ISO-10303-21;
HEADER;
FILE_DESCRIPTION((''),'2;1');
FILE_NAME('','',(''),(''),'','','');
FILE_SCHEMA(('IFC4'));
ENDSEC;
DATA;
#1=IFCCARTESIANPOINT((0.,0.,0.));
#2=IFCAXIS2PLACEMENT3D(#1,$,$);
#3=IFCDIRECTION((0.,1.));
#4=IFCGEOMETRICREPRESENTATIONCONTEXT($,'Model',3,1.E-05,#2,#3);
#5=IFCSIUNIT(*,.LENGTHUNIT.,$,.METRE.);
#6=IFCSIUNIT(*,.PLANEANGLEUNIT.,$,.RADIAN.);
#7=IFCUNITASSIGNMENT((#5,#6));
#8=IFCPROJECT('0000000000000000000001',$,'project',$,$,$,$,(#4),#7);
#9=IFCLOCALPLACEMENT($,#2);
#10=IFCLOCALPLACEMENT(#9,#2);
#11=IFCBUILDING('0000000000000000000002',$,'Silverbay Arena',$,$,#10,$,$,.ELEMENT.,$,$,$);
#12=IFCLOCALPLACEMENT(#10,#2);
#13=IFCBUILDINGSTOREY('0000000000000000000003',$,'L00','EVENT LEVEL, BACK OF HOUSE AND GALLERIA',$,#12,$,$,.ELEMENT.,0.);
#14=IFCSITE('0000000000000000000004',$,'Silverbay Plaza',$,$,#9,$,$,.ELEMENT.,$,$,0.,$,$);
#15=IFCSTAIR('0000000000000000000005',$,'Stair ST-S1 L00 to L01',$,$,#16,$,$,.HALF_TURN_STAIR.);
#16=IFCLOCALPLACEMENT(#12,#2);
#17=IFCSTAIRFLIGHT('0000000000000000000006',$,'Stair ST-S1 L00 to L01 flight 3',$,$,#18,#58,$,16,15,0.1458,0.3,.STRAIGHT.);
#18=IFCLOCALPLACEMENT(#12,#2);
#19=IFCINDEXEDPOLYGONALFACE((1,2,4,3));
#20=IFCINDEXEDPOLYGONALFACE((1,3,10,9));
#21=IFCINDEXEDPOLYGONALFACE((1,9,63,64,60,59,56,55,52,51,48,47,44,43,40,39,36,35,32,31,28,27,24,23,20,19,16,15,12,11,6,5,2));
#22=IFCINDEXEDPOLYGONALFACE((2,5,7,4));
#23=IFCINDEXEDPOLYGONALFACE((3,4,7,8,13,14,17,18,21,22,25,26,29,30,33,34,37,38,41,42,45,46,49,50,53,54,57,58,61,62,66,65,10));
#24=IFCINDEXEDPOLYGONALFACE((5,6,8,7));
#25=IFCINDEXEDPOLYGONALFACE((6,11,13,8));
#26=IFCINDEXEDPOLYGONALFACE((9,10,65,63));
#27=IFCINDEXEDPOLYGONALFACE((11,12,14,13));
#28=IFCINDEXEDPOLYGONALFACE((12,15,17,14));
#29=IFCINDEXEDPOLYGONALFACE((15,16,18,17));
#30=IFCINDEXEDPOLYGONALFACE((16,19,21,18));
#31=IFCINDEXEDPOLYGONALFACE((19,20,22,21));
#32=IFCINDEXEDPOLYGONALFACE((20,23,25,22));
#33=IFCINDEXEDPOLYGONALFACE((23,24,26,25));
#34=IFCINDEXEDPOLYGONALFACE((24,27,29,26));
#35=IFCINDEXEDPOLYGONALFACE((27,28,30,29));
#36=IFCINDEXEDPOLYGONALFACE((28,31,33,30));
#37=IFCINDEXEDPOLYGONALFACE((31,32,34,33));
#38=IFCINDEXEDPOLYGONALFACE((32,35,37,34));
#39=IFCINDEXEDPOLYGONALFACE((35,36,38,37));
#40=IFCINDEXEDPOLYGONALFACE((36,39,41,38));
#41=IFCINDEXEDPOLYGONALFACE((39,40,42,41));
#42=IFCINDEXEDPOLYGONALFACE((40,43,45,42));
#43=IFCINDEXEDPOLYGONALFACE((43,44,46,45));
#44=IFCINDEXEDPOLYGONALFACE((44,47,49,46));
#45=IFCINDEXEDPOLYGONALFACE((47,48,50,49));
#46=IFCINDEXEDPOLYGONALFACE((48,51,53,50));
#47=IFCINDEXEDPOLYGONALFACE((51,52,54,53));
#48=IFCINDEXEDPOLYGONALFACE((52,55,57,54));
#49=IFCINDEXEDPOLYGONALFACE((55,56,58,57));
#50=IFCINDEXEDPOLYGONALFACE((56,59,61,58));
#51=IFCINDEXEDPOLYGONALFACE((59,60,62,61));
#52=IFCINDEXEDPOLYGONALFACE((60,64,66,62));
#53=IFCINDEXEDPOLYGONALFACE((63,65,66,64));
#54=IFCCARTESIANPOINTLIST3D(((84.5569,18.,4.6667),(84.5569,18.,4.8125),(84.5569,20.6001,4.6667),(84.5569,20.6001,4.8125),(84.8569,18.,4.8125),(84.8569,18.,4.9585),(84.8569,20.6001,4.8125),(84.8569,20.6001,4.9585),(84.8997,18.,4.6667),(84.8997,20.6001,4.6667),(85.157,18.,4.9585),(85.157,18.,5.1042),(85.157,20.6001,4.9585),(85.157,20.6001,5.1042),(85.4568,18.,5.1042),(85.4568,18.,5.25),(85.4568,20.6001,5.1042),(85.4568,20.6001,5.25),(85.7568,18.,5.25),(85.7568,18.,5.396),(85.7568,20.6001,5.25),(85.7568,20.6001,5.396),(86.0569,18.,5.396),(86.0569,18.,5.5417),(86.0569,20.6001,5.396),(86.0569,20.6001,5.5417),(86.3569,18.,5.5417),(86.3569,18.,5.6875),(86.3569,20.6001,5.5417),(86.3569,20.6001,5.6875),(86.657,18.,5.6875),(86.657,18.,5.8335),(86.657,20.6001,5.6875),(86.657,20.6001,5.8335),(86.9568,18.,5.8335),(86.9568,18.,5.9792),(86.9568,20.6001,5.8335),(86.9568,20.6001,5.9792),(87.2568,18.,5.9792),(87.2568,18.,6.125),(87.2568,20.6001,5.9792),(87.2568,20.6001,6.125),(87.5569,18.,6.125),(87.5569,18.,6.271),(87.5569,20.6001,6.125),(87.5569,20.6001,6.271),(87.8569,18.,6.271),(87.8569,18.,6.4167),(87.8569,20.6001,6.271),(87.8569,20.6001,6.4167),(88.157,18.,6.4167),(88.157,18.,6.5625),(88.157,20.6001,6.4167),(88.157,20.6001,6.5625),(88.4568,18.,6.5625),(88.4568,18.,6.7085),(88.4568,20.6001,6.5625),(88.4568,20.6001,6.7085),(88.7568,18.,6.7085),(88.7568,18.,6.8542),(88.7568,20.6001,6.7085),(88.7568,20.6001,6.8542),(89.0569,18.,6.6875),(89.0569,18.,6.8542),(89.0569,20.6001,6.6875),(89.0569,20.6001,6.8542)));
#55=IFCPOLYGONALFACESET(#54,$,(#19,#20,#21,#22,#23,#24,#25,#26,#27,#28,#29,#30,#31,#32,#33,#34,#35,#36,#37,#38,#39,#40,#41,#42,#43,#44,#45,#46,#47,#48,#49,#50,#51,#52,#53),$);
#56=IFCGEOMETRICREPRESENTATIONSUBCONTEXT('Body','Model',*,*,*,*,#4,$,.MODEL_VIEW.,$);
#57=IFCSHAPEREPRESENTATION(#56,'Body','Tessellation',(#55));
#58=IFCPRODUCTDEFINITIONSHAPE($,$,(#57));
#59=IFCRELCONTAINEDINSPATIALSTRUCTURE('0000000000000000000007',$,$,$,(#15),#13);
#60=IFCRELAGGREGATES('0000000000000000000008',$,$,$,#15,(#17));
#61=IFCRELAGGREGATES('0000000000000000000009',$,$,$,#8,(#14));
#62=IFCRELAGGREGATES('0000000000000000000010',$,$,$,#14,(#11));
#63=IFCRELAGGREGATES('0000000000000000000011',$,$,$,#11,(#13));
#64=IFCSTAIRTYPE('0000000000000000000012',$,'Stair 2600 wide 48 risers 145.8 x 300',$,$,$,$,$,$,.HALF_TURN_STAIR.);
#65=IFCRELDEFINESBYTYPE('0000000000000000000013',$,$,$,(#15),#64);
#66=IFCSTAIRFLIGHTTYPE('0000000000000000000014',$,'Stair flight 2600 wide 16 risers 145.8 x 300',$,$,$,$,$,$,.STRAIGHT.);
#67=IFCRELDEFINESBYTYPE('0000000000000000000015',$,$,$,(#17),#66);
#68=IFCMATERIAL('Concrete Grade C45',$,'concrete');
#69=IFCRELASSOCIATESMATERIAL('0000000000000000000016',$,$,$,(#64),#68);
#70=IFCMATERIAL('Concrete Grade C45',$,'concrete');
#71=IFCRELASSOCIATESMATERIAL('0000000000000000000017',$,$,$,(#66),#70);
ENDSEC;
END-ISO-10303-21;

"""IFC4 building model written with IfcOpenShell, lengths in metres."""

from ifc_helpers import new_model, si_unit, direction, frame, origin, place, context, subcontext, project, spatial, polyline, outline, extrude, material, type_object, element, aggregate, save


model = new_model("IFC4")

# Units and contexts
model_context = context("Model", 3, precision=1e-05, world=origin(), true_north=direction((0.0, 1.0)))
body_context = subcontext(model_context, "Body", "Model", "MODEL_VIEW")
ifc_project = project(units=[si_unit("LENGTHUNIT", "METRE"), si_unit("PLANEANGLEUNIT", "RADIAN")], contexts=[model_context])

# Site, building, storey
site_placement = place(None, origin())
site = spatial("IfcSite", under=ifc_project, at=site_placement, Name="Silverbay Plaza", CompositionType="ELEMENT", RefElevation=0.0)
building_placement = place(site_placement, origin())
building = spatial("IfcBuilding", under=site, at=building_placement, Name="Silverbay Arena", CompositionType="ELEMENT")
storey_placement = place(building_placement, origin())
storey = spatial("IfcBuildingStorey", under=building, at=storey_placement, Name="L00", Description="EVENT LEVEL, BACK OF HOUSE AND GALLERIA", CompositionType="ELEMENT", Elevation=0.0)

# Stair, stair flight
ifc_material_1 = material(Name="Concrete Grade C45", Category="concrete")
stair_type = type_object("IfcStairType", Name="Stair 2600 wide 48 risers 145.8 x 300", PredefinedType="HALF_TURN_STAIR", material=ifc_material_1)
stair_placement = place(storey_placement, origin())
stair = element("IfcStair", 1, at=stair_placement, inside=storey, type_object=stair_type, Name="Stair ST-S1 L00 to L01", PredefinedType="HALF_TURN_STAIR")
ifc_material_2 = material(Name="Concrete Grade C45", Category="concrete")
stair_flight_type = type_object("IfcStairFlightType", Name="Stair flight 2600 wide 16 risers 145.8 x 300", PredefinedType="STRAIGHT", material=ifc_material_2)
stair_flight_1_placement = place(storey_placement, frame((84.5569, 19.3, 4.6667), z_axis=(0.0, 0.0, 1.0), x_axis=(1.0, 0.0, 0.0)))
stair_flight_1 = element("IfcStairFlight", 2, at=stair_flight_1_placement, type_object=stair_flight_type, Name="Stair ST-S1 L00 to L01 flight 3", NumberOfRisers=16, NumberOfTreads=15, PredefinedType="STRAIGHT", RiserHeight=0.1458, TreadLength=0.3, context=body_context, shape_type="SweptSolid", body=[
    extrude(outline(polyline([(0.0, 0.0), (0.0, 0.1458), (0.3, 0.1458), (0.3, 0.2917), (0.6001, 0.2917), (0.6001, 0.4375), (0.8999, 0.4375), (0.8999, 0.5833), (1.2, 0.5833), (1.2, 0.7292), (1.5, 0.7292), (1.5, 0.875), (1.8, 0.875), (1.8, 1.0208), (2.1001, 1.0208), (2.1001, 1.1667), (2.3999, 1.1667), (2.3999, 1.3125), (2.7, 1.3125), (2.7, 1.4583), (3.0, 1.4583), (3.0, 1.6042), (3.3, 1.6042), (3.3, 1.75), (3.6001, 1.75), (3.6001, 1.8958), (3.8999, 1.8958), (3.8999, 2.0417), (4.2, 2.0417), (4.2, 2.1875), (4.5, 2.1875), (4.5, 2.0208), (0.3428, 0.0), (0.0, 0.0)])), frame((0.0, 1.3, 0.0), z_axis=(0.0, -1.0, 0.0), x_axis=(1.0, 0.0, 0.0)), (0.0, 0.0, 1.0), 2.6001),
])
aggregate(stair, [stair_flight_1])

save(model, "model.ifc")
